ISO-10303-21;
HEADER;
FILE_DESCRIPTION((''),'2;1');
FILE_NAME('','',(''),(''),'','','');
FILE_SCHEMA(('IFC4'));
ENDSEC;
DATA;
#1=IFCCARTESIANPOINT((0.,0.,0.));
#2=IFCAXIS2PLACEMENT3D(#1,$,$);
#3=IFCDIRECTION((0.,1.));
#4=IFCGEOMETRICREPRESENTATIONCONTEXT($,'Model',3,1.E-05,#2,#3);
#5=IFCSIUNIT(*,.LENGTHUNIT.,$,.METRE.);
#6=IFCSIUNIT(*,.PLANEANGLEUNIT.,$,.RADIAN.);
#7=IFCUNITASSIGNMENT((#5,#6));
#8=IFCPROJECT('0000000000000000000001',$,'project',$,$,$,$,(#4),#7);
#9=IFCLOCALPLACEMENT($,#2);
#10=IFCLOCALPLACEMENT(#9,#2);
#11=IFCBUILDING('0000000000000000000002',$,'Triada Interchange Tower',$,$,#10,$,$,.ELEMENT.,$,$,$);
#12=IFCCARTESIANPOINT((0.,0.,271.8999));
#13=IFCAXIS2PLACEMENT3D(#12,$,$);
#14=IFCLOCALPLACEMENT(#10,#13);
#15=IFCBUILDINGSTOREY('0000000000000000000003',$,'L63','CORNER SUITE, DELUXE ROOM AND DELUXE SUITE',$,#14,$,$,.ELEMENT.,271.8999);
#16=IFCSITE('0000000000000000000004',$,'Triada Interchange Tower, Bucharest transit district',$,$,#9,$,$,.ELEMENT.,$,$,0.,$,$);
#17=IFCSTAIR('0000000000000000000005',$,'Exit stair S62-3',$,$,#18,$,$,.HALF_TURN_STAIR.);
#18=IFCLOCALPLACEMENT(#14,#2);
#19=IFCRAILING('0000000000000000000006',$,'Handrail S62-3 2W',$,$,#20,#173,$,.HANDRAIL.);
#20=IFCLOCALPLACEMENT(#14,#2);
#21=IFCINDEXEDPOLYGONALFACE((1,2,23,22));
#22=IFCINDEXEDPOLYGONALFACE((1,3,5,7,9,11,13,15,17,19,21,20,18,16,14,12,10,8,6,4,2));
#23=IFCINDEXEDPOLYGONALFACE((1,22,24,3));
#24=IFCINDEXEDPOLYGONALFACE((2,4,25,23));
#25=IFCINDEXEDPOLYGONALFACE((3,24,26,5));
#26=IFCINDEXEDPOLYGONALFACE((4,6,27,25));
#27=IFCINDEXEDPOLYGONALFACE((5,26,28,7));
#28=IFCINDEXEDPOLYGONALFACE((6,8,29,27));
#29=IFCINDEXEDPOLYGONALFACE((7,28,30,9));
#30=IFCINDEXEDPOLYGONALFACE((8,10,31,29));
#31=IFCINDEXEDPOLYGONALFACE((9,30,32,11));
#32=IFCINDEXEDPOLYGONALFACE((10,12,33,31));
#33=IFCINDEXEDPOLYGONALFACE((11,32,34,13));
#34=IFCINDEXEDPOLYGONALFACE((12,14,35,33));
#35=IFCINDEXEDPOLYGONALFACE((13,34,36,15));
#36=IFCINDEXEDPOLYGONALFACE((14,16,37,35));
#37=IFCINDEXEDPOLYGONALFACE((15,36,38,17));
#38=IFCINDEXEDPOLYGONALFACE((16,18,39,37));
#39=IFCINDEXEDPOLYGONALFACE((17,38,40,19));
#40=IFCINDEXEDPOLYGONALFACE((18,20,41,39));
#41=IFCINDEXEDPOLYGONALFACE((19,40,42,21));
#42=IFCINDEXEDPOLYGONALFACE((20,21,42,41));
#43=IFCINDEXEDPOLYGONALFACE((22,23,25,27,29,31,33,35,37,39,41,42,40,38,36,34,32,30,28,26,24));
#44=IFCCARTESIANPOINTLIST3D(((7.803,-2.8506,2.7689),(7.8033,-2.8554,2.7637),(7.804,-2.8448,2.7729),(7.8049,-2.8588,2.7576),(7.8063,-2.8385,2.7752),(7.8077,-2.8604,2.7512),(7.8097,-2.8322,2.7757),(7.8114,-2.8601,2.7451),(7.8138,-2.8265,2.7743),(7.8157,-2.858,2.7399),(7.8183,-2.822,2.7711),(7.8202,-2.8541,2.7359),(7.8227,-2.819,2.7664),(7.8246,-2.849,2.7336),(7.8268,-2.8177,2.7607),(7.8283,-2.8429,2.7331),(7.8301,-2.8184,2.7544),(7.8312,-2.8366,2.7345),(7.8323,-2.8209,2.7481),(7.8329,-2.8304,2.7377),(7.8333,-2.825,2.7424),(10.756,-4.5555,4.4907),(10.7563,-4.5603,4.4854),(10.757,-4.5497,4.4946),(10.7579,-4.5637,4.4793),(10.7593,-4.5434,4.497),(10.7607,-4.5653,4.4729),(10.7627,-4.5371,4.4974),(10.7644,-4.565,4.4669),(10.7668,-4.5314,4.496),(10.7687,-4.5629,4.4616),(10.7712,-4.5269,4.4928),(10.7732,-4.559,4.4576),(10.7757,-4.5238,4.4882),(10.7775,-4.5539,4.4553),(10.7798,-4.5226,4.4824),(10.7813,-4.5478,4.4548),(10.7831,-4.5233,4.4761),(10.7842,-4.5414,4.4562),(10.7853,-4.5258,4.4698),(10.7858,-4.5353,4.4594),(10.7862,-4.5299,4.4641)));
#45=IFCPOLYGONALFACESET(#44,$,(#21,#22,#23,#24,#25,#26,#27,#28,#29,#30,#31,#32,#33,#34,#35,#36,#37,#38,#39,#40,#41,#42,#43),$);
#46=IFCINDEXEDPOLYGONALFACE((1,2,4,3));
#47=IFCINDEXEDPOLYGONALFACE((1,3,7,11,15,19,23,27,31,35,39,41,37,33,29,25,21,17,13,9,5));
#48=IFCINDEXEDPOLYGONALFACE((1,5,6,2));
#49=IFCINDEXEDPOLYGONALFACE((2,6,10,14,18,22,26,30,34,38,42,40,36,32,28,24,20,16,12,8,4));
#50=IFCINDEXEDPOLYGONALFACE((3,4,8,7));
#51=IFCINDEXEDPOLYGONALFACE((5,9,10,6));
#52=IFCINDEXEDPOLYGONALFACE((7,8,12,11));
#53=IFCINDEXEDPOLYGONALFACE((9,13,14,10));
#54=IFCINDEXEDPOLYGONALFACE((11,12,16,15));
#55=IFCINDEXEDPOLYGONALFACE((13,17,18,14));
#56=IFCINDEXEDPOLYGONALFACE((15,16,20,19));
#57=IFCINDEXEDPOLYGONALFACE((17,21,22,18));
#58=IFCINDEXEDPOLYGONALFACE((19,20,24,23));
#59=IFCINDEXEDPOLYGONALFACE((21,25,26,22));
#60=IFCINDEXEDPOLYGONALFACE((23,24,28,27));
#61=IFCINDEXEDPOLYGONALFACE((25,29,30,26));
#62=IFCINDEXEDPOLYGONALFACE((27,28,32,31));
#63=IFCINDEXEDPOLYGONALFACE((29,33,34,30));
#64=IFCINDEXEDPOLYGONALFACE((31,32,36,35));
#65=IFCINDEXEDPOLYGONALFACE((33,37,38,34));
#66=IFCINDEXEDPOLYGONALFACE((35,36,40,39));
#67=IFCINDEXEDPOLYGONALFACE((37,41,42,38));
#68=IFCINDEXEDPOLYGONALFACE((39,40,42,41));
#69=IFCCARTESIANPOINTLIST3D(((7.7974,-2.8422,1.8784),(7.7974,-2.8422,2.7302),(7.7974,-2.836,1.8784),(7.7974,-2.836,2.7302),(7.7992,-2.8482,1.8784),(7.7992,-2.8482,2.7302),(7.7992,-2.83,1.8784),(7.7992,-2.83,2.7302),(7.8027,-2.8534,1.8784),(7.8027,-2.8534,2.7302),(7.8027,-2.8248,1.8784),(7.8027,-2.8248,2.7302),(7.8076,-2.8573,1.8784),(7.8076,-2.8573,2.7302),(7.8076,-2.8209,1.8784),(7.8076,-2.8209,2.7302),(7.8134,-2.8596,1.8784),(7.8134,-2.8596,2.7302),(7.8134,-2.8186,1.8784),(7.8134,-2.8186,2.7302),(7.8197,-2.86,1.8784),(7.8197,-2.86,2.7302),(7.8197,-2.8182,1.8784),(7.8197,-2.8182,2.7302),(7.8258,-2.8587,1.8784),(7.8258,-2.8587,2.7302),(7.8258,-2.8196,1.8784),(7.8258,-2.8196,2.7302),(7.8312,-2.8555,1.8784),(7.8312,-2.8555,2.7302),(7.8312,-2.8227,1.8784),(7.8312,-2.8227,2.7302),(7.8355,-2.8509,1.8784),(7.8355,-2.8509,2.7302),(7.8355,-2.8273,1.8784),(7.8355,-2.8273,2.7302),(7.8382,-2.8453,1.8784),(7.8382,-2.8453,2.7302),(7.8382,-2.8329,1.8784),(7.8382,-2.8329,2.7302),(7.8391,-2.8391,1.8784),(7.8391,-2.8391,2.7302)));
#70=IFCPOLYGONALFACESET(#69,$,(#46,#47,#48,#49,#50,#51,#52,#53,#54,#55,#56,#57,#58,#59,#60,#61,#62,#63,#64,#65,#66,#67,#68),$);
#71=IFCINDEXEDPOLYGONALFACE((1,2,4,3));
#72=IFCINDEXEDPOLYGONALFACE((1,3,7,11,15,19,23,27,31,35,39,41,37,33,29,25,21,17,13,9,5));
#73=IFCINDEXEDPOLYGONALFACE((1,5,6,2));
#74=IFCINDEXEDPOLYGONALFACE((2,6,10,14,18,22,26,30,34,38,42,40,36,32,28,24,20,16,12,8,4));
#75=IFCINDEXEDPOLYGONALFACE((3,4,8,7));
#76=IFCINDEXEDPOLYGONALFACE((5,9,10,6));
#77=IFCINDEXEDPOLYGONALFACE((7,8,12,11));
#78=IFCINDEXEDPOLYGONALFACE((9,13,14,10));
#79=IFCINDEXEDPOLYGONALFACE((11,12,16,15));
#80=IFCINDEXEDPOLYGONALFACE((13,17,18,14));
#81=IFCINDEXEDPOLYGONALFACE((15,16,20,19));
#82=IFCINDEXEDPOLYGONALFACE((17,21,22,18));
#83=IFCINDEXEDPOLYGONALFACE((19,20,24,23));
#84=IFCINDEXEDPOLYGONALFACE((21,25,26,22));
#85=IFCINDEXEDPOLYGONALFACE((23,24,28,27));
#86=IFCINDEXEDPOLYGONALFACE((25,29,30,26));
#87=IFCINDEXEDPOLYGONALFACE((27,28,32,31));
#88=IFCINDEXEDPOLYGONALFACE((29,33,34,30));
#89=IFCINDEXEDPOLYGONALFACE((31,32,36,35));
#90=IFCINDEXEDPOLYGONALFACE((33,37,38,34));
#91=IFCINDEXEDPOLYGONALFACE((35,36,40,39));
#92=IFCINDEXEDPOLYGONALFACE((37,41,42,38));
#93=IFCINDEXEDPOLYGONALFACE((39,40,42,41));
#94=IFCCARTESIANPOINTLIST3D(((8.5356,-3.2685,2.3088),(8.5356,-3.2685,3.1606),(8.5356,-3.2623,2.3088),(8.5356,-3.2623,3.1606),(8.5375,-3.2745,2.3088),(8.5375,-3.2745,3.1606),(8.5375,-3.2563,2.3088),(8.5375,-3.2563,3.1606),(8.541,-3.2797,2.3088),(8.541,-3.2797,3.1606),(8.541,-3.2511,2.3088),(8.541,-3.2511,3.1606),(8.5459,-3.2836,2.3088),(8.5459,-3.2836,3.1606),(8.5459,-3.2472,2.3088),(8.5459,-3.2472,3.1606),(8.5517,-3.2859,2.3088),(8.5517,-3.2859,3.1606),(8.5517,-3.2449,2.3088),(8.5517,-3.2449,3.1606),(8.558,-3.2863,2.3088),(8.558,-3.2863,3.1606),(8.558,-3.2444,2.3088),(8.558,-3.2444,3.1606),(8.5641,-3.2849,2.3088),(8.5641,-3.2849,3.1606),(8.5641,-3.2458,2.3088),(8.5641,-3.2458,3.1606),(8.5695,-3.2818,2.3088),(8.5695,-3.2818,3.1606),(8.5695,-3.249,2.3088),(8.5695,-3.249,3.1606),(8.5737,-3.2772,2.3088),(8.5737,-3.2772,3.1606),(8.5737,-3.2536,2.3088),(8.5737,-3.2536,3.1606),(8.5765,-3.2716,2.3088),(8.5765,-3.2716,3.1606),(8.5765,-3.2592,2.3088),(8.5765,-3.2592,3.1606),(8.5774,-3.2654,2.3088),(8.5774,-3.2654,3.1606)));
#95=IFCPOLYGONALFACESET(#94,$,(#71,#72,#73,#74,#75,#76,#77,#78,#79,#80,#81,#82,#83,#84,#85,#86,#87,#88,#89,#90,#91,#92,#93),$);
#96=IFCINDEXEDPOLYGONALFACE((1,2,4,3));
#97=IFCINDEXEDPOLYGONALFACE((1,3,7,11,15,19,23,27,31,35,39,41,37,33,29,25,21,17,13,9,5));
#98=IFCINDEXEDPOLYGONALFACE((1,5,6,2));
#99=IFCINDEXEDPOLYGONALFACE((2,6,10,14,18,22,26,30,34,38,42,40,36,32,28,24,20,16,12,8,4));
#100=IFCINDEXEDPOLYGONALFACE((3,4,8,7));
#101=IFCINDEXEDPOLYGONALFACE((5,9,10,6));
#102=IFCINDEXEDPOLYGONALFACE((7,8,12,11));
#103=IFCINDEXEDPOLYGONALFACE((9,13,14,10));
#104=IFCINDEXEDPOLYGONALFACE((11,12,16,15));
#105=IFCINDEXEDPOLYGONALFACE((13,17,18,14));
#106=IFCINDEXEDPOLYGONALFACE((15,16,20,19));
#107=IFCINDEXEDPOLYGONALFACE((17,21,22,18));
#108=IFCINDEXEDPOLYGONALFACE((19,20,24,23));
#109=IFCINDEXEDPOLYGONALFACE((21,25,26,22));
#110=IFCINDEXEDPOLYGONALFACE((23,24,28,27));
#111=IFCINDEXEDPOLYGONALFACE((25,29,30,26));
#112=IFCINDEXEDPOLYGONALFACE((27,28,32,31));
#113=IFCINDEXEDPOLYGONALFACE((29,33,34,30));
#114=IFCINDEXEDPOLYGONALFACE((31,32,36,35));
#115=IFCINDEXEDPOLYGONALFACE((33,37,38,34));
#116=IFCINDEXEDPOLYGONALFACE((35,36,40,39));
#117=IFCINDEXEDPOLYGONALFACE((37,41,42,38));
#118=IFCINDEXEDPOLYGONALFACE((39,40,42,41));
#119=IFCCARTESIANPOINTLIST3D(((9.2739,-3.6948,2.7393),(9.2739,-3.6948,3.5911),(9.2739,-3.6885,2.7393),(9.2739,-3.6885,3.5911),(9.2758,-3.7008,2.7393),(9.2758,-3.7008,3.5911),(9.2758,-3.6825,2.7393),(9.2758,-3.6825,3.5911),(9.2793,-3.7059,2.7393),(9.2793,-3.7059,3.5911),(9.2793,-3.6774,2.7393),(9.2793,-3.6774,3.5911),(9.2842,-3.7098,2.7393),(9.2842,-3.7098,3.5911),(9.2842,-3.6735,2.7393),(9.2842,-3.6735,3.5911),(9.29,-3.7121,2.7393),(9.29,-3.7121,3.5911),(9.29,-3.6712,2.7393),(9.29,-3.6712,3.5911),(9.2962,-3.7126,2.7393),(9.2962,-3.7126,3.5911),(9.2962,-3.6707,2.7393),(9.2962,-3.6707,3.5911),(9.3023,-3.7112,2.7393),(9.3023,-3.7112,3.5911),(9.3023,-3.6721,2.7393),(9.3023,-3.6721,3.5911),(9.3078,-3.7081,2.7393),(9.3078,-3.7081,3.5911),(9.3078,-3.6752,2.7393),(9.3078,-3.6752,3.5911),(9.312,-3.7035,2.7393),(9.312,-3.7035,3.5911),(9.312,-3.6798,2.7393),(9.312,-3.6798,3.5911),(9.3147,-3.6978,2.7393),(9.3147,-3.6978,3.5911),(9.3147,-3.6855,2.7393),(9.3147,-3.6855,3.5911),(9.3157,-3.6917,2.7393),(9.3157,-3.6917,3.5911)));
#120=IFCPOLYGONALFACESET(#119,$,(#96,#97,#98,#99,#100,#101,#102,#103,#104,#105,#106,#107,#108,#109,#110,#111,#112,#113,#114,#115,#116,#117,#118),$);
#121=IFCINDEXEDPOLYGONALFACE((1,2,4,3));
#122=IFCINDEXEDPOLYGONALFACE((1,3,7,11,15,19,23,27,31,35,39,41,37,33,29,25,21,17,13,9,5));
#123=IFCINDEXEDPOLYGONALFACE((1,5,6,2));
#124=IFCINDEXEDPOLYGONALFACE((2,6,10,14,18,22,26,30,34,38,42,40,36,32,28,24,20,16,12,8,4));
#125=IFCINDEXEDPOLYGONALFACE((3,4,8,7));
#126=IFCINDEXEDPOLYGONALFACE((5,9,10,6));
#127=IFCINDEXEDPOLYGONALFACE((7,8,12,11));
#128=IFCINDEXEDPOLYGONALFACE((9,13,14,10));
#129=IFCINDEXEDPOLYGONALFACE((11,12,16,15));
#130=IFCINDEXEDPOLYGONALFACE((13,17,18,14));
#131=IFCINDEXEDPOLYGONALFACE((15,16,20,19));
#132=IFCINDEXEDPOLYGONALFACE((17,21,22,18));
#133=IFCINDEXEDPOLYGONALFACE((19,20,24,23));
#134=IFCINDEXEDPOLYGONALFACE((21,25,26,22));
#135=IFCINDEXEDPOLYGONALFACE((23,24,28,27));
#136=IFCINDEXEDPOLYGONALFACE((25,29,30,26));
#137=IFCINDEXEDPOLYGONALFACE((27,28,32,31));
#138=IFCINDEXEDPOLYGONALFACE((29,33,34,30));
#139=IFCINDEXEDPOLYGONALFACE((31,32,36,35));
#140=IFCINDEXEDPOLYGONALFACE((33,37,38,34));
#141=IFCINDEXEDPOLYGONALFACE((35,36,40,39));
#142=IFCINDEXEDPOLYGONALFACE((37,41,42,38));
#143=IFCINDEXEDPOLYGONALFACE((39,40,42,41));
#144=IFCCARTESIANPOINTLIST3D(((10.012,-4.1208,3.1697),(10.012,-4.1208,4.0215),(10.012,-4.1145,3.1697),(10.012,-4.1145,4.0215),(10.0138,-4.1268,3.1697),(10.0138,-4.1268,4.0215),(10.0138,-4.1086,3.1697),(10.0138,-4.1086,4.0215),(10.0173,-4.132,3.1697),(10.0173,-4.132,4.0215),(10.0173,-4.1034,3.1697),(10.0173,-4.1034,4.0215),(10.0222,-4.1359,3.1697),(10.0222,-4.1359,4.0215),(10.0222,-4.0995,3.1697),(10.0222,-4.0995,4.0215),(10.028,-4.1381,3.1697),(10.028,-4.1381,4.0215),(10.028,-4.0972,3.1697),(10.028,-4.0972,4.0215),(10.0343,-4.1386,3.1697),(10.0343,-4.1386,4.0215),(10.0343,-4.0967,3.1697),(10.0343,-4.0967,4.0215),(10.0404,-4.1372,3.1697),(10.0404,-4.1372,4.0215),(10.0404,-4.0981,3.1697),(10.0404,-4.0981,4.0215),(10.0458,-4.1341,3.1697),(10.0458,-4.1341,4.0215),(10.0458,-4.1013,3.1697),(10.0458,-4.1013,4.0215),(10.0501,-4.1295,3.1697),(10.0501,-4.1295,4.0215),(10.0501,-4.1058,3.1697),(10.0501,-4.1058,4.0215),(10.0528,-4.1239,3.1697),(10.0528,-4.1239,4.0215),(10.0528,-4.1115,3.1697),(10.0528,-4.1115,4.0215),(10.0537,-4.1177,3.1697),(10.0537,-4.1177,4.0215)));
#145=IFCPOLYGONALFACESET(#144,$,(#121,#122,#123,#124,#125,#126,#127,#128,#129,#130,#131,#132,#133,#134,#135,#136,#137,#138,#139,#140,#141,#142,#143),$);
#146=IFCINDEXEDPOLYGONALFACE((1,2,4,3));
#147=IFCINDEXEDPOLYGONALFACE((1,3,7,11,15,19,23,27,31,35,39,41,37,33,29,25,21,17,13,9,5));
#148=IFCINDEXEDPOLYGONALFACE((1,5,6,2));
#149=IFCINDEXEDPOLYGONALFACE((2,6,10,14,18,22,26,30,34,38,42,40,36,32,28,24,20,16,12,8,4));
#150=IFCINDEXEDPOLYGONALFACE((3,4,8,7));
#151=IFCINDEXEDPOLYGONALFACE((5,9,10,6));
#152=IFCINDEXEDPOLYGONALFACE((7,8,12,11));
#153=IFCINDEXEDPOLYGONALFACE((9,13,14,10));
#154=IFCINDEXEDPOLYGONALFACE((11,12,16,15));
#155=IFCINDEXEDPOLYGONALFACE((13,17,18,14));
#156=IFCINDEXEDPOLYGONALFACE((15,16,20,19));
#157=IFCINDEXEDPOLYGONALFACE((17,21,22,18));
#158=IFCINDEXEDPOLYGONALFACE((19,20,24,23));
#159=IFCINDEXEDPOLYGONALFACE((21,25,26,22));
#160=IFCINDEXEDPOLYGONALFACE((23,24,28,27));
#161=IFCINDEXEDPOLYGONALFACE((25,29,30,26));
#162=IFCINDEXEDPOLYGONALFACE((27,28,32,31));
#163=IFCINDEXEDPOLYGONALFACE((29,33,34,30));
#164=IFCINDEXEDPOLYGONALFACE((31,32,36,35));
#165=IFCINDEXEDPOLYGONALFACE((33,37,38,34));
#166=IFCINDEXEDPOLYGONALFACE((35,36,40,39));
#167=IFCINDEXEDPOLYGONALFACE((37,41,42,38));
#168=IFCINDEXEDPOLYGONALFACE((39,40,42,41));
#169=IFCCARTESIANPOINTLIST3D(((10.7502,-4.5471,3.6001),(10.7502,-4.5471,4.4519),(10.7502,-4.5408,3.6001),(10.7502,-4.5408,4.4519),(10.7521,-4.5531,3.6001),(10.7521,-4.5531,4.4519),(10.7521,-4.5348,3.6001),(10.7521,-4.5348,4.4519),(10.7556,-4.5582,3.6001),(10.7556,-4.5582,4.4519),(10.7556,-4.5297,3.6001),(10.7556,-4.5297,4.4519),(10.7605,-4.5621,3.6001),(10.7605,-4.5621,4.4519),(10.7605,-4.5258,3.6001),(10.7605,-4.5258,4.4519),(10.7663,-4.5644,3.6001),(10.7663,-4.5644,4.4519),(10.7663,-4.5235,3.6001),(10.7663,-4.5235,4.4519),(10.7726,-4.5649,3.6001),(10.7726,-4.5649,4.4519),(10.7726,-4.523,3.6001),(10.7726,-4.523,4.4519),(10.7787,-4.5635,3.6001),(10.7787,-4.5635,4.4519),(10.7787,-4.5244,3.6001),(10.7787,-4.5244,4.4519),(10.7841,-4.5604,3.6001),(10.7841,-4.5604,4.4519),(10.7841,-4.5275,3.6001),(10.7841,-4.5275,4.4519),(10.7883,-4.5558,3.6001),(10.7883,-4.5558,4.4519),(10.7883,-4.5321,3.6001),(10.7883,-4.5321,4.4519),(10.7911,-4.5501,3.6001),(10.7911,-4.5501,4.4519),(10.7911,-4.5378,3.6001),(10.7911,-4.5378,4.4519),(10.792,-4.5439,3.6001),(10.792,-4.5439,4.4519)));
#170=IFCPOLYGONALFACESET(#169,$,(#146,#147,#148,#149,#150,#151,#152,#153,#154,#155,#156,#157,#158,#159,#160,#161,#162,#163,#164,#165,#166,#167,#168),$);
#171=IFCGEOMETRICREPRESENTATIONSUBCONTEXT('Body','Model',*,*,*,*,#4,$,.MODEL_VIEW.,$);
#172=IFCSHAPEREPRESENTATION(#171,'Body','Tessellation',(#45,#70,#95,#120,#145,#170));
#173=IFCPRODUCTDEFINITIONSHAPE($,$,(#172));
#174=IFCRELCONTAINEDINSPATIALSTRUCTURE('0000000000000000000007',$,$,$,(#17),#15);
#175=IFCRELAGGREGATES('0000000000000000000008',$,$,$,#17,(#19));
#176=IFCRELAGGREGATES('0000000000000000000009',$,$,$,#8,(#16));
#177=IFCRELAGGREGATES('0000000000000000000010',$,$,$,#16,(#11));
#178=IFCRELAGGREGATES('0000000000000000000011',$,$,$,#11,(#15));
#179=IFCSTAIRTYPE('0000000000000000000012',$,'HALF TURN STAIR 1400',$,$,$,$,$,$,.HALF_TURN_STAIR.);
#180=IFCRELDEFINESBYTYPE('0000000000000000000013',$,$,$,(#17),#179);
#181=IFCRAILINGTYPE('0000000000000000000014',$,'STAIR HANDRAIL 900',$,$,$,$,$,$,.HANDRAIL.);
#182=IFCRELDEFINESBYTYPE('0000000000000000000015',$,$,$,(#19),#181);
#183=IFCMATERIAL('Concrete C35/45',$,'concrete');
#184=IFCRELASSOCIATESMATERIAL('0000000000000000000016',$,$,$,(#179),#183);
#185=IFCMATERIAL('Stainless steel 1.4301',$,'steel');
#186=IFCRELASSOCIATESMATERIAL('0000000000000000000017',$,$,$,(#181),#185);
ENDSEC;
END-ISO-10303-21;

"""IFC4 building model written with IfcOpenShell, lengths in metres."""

from ifc_helpers import new_model, si_unit, direction, frame, origin, origin_2d, place, context, subcontext, project, spatial, circle, extrude, material, type_object, element, aggregate, save


model = new_model("IFC4")

# Units and contexts
model_context = context("Model", 3, precision=1e-05, world=origin(), true_north=direction((0.0, 1.0)))
body_context = subcontext(model_context, "Body", "Model", "MODEL_VIEW")
ifc_project = project(units=[si_unit("LENGTHUNIT", "METRE"), si_unit("PLANEANGLEUNIT", "RADIAN")], contexts=[model_context])

# Site, building, storey
site_placement = place(None, origin())
site = spatial("IfcSite", under=ifc_project, at=site_placement, Name="Triada Interchange Tower, Bucharest transit district", CompositionType="ELEMENT", RefElevation=0.0)
building_placement = place(site_placement, origin())
building = spatial("IfcBuilding", under=site, at=building_placement, Name="Triada Interchange Tower", CompositionType="ELEMENT")
storey_placement = place(building_placement, frame((0.0, 0.0, 271.8999)))
storey = spatial("IfcBuildingStorey", under=building, at=storey_placement, Name="L63", Description="CORNER SUITE, DELUXE ROOM AND DELUXE SUITE", CompositionType="ELEMENT", Elevation=271.8999)

# Stair, railing
ifc_material_1 = material(Name="Concrete C35/45", Category="concrete")
stair_type = type_object("IfcStairType", Name="HALF TURN STAIR 1400", PredefinedType="HALF_TURN_STAIR", material=ifc_material_1)
stair_placement = place(storey_placement, origin())
stair = element("IfcStair", 1, at=stair_placement, inside=storey, type_object=stair_type, Name="Exit stair S62-3", PredefinedType="HALF_TURN_STAIR")
ifc_material_2 = material(Name="Stainless steel 1.4301", Category="steel")
railing_type = type_object("IfcRailingType", Name="STAIR HANDRAIL 900", PredefinedType="HANDRAIL", material=ifc_material_2)
railing_1_placement = place(storey_placement, frame((7.8181, -2.8391, 1.8784)))
railing_1 = element("IfcRailing", 2, at=railing_1_placement, type_object=railing_type, Name="Handrail S62-3 2W", PredefinedType="HANDRAIL", context=body_context, shape_type="SweptSolid", body=[
    extrude(circle(Radius=0.0239, at=origin_2d()), frame((0.0, 0.0, 0.876), z_axis=(0.773065, -0.446326, 0.450736), x_axis=(0.499997, 0.866027, 0.0)), (0.0, 0.0, 1.0), 3.8198),
    extrude(circle(Radius=0.021, at=origin_2d()), origin(), (0.0, 0.0, 1.0), 0.8518),
    extrude(circle(Radius=0.021, at=origin_2d()), frame((0.7383, -0.4263, 0.4304)), (0.0, 0.0, 1.0), 0.8518),
    extrude(circle(Radius=0.021, at=origin_2d()), frame((1.4766, -0.8525, 0.8608)), (0.0, 0.0, 1.0), 0.8518),
    extrude(circle(Radius=0.021, at=origin_2d()), frame((2.2146, -1.2786, 1.2913)), (0.0, 0.0, 1.0), 0.8518),
    extrude(circle(Radius=0.021, at=origin_2d()), frame((2.9529, -1.7048, 1.7217)), (0.0, 0.0, 1.0), 0.8518),
])
aggregate(stair, [railing_1])

save(model, "model.ifc")
